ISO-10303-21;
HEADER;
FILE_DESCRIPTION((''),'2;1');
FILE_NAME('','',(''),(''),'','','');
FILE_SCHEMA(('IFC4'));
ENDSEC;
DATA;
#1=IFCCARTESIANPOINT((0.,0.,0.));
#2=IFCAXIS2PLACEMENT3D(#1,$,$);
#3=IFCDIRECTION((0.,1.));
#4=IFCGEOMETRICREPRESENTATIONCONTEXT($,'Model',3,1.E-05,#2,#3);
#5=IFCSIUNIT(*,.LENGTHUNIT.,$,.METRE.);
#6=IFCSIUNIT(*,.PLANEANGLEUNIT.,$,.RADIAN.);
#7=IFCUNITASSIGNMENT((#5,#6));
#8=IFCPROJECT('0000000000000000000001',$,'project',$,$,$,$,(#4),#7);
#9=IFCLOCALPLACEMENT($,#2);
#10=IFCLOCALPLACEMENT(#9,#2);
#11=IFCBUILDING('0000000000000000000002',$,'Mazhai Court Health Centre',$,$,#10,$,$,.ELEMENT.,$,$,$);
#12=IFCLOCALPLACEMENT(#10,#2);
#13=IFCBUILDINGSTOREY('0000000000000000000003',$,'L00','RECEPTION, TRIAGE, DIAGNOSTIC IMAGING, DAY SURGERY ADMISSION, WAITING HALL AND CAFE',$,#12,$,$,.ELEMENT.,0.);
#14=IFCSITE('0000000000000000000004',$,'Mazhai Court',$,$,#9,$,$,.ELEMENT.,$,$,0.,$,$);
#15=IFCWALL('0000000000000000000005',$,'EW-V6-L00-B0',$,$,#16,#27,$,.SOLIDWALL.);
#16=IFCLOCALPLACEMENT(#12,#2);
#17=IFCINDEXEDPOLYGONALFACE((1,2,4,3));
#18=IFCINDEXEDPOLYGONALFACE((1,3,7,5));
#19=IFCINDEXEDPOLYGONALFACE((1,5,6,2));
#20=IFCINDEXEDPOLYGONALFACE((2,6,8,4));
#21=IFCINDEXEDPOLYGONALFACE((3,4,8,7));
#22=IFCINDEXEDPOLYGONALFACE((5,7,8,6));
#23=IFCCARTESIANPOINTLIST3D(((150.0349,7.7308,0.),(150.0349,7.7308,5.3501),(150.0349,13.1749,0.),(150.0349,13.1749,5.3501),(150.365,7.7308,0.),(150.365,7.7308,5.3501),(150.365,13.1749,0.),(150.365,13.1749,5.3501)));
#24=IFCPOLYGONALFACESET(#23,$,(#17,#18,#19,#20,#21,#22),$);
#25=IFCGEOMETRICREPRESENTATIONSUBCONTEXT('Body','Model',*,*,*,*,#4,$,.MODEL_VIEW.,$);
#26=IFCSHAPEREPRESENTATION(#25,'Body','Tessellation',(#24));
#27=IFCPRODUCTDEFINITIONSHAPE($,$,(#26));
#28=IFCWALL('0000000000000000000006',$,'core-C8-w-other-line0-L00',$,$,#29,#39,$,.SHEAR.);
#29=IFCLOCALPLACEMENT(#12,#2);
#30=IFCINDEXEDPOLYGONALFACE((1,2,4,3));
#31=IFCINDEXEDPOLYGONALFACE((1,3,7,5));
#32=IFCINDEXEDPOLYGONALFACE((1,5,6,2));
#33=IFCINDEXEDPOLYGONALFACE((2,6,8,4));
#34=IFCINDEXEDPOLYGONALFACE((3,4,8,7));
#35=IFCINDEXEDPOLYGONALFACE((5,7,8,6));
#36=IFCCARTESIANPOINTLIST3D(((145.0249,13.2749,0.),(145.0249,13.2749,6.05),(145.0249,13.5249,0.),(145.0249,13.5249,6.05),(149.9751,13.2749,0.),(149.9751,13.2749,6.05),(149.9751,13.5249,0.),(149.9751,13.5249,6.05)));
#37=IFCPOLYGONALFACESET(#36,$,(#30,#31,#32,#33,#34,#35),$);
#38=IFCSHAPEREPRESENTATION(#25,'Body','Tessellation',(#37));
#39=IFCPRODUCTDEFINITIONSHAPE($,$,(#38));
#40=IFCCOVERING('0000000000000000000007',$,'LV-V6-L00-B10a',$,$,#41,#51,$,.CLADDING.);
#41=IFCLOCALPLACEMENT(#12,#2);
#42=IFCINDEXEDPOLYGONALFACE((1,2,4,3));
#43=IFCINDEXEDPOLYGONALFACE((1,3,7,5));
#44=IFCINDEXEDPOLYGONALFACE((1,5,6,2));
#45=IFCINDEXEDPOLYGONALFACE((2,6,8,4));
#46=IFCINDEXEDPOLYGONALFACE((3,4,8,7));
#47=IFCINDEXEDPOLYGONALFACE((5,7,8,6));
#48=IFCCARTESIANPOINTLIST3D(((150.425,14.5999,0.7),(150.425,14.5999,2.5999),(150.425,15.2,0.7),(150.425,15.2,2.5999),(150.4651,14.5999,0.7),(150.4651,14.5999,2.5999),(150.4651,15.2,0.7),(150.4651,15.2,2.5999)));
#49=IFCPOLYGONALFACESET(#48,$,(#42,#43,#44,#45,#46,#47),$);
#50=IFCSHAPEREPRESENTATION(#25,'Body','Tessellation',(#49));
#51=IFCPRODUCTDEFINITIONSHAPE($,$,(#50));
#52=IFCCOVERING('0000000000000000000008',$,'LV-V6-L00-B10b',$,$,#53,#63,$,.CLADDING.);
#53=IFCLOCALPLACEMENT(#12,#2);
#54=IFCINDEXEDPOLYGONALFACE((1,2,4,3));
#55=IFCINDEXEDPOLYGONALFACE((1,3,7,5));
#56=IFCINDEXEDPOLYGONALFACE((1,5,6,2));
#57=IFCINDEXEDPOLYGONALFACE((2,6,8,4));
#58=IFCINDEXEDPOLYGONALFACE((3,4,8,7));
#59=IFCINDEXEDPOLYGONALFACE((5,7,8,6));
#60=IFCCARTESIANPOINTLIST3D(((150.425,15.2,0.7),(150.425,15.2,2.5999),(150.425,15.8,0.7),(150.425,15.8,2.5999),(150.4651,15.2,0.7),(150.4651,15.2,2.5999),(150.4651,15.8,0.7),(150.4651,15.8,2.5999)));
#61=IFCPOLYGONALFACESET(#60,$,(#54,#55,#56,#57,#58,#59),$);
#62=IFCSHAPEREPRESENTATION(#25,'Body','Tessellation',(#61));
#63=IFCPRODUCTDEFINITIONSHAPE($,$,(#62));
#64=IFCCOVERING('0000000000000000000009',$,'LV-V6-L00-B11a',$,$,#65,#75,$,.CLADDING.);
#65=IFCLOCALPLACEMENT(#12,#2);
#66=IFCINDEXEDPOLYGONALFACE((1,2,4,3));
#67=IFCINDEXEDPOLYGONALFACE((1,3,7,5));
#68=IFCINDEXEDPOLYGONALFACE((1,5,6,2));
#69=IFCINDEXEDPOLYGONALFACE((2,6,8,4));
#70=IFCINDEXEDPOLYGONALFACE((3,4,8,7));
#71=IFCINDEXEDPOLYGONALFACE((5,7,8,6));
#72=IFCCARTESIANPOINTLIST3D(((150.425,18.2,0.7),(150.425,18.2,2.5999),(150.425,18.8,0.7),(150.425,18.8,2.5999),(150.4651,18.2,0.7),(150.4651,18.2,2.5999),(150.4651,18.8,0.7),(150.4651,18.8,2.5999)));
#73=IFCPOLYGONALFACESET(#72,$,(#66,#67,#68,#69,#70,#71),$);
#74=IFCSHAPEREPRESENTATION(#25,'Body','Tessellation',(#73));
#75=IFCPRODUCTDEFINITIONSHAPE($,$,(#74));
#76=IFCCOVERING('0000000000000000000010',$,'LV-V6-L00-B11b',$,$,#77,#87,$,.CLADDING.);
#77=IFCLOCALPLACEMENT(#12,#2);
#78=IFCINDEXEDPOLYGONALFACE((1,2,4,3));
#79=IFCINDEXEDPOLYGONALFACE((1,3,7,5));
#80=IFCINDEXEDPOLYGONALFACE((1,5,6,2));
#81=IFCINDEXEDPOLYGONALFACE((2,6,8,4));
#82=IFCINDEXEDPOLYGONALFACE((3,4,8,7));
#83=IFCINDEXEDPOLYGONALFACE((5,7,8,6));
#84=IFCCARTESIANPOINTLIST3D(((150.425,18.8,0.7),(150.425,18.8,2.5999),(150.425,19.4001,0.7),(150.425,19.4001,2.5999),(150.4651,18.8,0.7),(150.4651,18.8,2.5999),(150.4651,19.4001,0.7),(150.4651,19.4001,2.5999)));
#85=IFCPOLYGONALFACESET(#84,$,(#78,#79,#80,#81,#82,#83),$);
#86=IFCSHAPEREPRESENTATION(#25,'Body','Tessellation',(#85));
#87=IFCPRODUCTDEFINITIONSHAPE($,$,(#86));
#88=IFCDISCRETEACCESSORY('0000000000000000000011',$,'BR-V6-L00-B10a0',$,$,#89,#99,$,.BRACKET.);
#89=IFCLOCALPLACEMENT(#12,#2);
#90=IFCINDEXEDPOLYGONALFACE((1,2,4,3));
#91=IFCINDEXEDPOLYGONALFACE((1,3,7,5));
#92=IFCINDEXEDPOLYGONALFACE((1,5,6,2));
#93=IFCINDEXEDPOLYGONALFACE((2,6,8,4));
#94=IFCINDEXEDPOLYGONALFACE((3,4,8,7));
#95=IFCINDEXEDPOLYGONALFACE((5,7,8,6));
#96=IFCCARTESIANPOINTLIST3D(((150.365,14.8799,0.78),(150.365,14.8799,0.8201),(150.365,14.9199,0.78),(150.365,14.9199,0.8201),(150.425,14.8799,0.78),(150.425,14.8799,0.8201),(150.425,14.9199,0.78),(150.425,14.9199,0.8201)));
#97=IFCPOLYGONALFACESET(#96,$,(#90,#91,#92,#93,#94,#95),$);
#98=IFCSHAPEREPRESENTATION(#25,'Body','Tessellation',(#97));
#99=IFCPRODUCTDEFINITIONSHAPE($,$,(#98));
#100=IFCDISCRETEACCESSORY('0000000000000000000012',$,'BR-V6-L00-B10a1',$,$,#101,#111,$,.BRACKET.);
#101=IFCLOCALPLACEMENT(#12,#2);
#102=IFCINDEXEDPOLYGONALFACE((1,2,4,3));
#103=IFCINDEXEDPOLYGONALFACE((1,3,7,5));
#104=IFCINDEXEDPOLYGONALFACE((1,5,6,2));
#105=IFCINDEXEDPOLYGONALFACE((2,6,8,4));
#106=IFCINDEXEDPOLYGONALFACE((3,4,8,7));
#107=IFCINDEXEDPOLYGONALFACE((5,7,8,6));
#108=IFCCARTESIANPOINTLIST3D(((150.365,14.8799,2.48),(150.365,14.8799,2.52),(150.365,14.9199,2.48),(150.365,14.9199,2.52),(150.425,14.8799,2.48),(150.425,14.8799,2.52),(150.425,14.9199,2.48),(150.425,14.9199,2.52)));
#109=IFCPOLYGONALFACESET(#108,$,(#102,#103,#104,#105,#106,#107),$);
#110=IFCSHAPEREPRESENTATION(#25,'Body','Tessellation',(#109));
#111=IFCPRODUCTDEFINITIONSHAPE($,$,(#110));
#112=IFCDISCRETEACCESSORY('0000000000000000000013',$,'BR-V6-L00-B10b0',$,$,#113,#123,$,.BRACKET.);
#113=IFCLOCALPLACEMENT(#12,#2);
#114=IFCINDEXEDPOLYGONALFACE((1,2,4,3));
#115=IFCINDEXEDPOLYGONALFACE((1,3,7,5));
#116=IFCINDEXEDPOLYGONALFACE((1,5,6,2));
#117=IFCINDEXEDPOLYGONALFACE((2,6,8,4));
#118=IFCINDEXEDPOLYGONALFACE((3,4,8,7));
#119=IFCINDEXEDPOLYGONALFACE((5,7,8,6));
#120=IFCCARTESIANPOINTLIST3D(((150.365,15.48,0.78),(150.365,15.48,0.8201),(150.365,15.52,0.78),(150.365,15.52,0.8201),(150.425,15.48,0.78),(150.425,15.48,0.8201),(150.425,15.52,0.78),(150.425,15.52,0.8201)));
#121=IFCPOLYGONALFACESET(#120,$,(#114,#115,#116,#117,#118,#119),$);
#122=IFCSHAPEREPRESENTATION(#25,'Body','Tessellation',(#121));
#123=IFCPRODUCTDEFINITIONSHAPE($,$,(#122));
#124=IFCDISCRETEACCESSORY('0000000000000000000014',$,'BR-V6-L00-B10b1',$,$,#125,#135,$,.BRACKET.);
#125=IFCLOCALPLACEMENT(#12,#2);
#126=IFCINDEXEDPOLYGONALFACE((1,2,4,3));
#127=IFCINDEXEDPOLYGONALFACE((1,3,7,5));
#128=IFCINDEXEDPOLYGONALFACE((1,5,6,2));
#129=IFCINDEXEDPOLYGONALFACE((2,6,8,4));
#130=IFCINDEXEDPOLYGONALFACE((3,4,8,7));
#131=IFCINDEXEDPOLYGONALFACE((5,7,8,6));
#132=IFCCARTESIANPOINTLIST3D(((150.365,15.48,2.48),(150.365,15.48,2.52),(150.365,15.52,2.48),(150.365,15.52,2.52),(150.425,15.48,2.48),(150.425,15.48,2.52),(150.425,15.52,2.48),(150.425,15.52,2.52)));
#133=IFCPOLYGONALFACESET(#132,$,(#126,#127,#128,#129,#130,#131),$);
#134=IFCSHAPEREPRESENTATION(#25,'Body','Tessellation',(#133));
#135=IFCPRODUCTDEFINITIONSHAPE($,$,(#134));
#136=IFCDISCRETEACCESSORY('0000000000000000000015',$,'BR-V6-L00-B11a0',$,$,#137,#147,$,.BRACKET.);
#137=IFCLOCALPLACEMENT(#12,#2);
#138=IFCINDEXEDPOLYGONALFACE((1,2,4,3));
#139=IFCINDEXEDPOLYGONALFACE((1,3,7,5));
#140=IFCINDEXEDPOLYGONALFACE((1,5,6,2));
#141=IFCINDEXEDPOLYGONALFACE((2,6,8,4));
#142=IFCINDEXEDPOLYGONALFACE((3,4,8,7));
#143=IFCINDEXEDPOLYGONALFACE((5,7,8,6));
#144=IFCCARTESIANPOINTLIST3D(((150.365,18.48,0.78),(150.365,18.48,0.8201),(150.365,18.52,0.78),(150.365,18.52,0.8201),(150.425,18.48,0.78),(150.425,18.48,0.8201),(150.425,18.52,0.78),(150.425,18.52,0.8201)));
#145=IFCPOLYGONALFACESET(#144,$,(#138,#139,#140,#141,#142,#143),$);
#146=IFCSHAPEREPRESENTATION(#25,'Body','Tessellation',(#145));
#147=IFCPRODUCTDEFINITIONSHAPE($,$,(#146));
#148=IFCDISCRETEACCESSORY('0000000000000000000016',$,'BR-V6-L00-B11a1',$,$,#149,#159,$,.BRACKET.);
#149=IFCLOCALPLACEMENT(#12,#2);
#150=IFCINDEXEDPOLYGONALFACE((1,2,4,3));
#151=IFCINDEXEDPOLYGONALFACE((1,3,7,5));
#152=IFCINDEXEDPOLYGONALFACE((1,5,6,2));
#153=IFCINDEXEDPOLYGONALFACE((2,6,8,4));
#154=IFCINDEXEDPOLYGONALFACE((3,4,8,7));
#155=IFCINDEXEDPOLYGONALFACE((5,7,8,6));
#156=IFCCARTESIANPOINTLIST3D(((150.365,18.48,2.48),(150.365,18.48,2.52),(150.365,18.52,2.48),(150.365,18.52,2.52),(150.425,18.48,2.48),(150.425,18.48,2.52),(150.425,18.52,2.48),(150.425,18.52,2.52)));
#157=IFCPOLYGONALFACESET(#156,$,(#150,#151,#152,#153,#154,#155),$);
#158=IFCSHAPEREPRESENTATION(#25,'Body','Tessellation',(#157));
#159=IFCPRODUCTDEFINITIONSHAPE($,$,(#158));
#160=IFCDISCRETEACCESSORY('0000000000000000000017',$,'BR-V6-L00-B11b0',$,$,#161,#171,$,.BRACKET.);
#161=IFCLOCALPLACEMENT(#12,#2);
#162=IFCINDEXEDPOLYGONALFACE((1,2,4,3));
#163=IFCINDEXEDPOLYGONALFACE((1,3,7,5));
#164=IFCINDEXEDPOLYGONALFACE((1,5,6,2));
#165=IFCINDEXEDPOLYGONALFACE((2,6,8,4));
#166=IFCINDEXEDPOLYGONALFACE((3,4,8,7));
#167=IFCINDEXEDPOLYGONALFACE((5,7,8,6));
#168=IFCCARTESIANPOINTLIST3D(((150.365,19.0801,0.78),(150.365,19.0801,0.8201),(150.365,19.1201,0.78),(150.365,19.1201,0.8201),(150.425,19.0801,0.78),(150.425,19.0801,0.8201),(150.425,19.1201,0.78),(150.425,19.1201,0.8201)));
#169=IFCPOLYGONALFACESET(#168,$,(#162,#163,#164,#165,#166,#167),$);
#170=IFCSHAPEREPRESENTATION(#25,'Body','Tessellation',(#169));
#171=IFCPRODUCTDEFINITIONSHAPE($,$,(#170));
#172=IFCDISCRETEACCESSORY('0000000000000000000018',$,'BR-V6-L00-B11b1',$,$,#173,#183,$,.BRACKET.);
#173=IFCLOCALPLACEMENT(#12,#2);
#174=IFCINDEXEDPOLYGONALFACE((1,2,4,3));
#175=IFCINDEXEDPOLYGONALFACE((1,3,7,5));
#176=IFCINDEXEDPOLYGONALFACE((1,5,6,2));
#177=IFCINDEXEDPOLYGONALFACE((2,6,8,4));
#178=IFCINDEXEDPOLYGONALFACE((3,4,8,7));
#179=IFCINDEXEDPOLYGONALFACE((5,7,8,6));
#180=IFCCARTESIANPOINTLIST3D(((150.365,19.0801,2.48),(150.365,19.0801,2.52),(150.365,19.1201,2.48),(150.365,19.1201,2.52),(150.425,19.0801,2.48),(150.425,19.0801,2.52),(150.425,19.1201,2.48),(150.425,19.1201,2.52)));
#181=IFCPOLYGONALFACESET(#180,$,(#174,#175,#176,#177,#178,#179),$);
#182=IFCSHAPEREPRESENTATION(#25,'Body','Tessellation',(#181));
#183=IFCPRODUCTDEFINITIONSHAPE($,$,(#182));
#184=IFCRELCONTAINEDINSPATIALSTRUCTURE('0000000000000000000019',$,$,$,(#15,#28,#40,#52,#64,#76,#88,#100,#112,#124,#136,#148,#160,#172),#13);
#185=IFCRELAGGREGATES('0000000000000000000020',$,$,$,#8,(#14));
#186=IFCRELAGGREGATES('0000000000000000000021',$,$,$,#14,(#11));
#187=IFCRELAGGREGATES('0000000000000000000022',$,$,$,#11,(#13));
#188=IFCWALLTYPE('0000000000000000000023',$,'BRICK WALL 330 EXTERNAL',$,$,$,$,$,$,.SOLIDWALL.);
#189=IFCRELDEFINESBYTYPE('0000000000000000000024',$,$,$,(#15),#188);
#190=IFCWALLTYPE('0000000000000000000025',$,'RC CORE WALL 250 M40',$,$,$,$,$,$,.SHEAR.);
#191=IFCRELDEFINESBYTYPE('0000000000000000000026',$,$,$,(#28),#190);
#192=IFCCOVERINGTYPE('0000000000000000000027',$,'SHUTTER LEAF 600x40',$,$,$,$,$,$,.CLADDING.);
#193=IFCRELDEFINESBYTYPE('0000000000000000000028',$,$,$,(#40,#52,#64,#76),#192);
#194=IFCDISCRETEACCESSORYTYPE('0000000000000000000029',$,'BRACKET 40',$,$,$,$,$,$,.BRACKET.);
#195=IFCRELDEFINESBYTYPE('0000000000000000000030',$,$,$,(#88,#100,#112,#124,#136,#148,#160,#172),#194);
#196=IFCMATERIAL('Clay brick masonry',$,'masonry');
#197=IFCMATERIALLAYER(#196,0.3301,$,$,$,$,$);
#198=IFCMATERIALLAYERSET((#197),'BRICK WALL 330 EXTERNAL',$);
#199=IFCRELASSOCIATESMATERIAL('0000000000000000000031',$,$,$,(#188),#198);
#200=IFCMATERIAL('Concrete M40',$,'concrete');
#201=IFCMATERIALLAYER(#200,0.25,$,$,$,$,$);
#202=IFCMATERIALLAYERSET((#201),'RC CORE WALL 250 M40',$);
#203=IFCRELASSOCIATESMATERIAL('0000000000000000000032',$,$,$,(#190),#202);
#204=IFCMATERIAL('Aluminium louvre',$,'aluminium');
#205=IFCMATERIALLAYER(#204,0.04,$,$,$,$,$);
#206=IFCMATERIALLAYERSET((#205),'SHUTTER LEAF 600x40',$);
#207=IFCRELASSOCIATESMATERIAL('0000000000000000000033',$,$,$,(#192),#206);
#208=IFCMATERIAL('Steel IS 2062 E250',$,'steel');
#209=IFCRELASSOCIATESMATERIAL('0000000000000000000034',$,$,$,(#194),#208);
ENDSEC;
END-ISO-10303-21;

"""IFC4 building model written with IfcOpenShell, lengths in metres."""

from ifc_helpers import new_model, si_unit, direction, frame, frame_2d, origin, origin_2d, place, context, subcontext, project, spatial, rectangle, extrude, material, layer, layer_set, type_object, element, save


model = new_model("IFC4")

# Units and contexts
model_context = context("Model", 3, precision=1e-05, world=origin(), true_north=direction((0.0, 1.0)))
body_context = subcontext(model_context, "Body", "Model", "MODEL_VIEW")
ifc_project = project(units=[si_unit("LENGTHUNIT", "METRE"), si_unit("PLANEANGLEUNIT", "RADIAN")], contexts=[model_context])

# Site, building, storey
site_placement = place(None, origin())
site = spatial("IfcSite", under=ifc_project, at=site_placement, Name="Mazhai Court", CompositionType="ELEMENT", RefElevation=0.0)
building_placement = place(site_placement, origin())
building = spatial("IfcBuilding", under=site, at=building_placement, Name="Mazhai Court Health Centre", CompositionType="ELEMENT")
storey_placement = place(building_placement, origin())
storey = spatial("IfcBuildingStorey", under=building, at=storey_placement, Name="L00", Description="RECEPTION, TRIAGE, DIAGNOSTIC IMAGING, DAY SURGERY ADMISSION, WAITING HALL AND CAFE", CompositionType="ELEMENT", Elevation=0.0)

# Walls
ifc_material_1 = material(Name="Clay brick masonry", Category="masonry")
ifc_layer_1 = layer(ifc_material_1, 0.3301)
ifc_layer_set_1 = layer_set([ifc_layer_1], Name="BRICK WALL 330 EXTERNAL")
wall_type_1 = type_object("IfcWallType", Name="BRICK WALL 330 EXTERNAL", PredefinedType="SOLIDWALL", material=ifc_layer_set_1)
wall_1_placement = place(storey_placement, frame((150.2, 13.175, 0.0), z_axis=(0.0, 0.0, 1.0), x_axis=(0.0, -1.0, 0.0)))
element("IfcWall", 1, at=wall_1_placement, inside=storey, type_object=wall_type_1, Name="EW-V6-L00-B0", PredefinedType="SOLIDWALL", context=body_context, shape_type="SweptSolid", body=[
    extrude(rectangle(XDim=5.4441, YDim=0.3301, at=frame_2d((2.7222, 0.0))), origin(), (0.0, 0.0, 1.0), 5.3501),
])
ifc_material_2 = material(Name="Concrete M40", Category="concrete")
ifc_layer_2 = layer(ifc_material_2, 0.25)
ifc_layer_set_2 = layer_set([ifc_layer_2], Name="RC CORE WALL 250 M40")
wall_type_2 = type_object("IfcWallType", Name="RC CORE WALL 250 M40", PredefinedType="SHEAR", material=ifc_layer_set_2)
wall_2_placement = place(storey_placement, frame((145.0249, 13.3999, 0.0), z_axis=(0.0, 0.0, 1.0), x_axis=(1.0, 0.0, 0.0)))
element("IfcWall", 2, at=wall_2_placement, inside=storey, type_object=wall_type_2, Name="core-C8-w-other-line0-L00", PredefinedType="SHEAR", context=body_context, shape_type="SweptSolid", body=[
    extrude(rectangle(XDim=4.9502, YDim=0.25, at=frame_2d((2.4751, 0.0))), origin(), (0.0, 0.0, 1.0), 6.05),
])

# Coverings
ifc_material_3 = material(Name="Aluminium louvre", Category="aluminium")
ifc_layer_3 = layer(ifc_material_3, 0.04)
ifc_layer_set_3 = layer_set([ifc_layer_3], Name="SHUTTER LEAF 600x40")
covering_type = type_object("IfcCoveringType", Name="SHUTTER LEAF 600x40", PredefinedType="CLADDING", material=ifc_layer_set_3)
for number, where, z_axis, x_axis, name in (
    (3, (150.4451, 14.8999, 0.7), (0.0, 0.0, 1.0), (0.0, 1.0, 0.0), "LV-V6-L00-B10a"),
    (4, (150.4451, 15.5, 0.7), (0.0, 0.0, 1.0), (0.0, 1.0, 0.0), "LV-V6-L00-B10b"),
    (5, (150.4451, 18.5, 0.7), (0.0, 0.0, 1.0), (0.0, 1.0, 0.0), "LV-V6-L00-B11a"),
    (6, (150.4451, 19.1001, 0.7), (0.0, 0.0, 1.0), (0.0, 1.0, 0.0), "LV-V6-L00-B11b"),
):
    element("IfcCovering", number, at=place(storey_placement, frame(where, z_axis=z_axis, x_axis=x_axis)), inside=storey, type_object=covering_type, Name=name, PredefinedType="CLADDING", context=body_context, shape_type="SweptSolid", body=[
        extrude(rectangle(XDim=0.6001, YDim=0.04, at=origin_2d()), origin(), (0.0, 0.0, 1.0), 1.8999),
    ])

# Discrete accessories
ifc_material_4 = material(Name="Steel IS 2062 E250", Category="steel")
discrete_accessory_type = type_object("IfcDiscreteAccessoryType", Name="BRACKET 40", PredefinedType="BRACKET", material=ifc_material_4)
for number, where, z_axis, x_axis, name in (
    (7, (150.395, 14.8999, 0.78), (0.0, 0.0, 1.0), (0.0, 1.0, 0.0), "BR-V6-L00-B10a0"),
    (8, (150.395, 14.8999, 2.48), (0.0, 0.0, 1.0), (0.0, 1.0, 0.0), "BR-V6-L00-B10a1"),
    (9, (150.395, 15.5, 0.78), (0.0, 0.0, 1.0), (0.0, 1.0, 0.0), "BR-V6-L00-B10b0"),
    (10, (150.395, 15.5, 2.48), (0.0, 0.0, 1.0), (0.0, 1.0, 0.0), "BR-V6-L00-B10b1"),
    (11, (150.395, 18.5, 0.78), (0.0, 0.0, 1.0), (0.0, 1.0, 0.0), "BR-V6-L00-B11a0"),
    (12, (150.395, 18.5, 2.48), (0.0, 0.0, 1.0), (0.0, 1.0, 0.0), "BR-V6-L00-B11a1"),
    (13, (150.395, 19.1001, 0.78), (0.0, 0.0, 1.0), (0.0, 1.0, 0.0), "BR-V6-L00-B11b0"),
    (14, (150.395, 19.1001, 2.48), (0.0, 0.0, 1.0), (0.0, 1.0, 0.0), "BR-V6-L00-B11b1"),
):
    element("IfcDiscreteAccessory", number, at=place(storey_placement, frame(where, z_axis=z_axis, x_axis=x_axis)), inside=storey, type_object=discrete_accessory_type, Name=name, PredefinedType="BRACKET", context=body_context, shape_type="SweptSolid", body=[
        extrude(rectangle(XDim=0.04, YDim=0.0601, at=origin_2d()), origin(), (0.0, 0.0, 1.0), 0.04),
    ])

save(model, "model.ifc")
